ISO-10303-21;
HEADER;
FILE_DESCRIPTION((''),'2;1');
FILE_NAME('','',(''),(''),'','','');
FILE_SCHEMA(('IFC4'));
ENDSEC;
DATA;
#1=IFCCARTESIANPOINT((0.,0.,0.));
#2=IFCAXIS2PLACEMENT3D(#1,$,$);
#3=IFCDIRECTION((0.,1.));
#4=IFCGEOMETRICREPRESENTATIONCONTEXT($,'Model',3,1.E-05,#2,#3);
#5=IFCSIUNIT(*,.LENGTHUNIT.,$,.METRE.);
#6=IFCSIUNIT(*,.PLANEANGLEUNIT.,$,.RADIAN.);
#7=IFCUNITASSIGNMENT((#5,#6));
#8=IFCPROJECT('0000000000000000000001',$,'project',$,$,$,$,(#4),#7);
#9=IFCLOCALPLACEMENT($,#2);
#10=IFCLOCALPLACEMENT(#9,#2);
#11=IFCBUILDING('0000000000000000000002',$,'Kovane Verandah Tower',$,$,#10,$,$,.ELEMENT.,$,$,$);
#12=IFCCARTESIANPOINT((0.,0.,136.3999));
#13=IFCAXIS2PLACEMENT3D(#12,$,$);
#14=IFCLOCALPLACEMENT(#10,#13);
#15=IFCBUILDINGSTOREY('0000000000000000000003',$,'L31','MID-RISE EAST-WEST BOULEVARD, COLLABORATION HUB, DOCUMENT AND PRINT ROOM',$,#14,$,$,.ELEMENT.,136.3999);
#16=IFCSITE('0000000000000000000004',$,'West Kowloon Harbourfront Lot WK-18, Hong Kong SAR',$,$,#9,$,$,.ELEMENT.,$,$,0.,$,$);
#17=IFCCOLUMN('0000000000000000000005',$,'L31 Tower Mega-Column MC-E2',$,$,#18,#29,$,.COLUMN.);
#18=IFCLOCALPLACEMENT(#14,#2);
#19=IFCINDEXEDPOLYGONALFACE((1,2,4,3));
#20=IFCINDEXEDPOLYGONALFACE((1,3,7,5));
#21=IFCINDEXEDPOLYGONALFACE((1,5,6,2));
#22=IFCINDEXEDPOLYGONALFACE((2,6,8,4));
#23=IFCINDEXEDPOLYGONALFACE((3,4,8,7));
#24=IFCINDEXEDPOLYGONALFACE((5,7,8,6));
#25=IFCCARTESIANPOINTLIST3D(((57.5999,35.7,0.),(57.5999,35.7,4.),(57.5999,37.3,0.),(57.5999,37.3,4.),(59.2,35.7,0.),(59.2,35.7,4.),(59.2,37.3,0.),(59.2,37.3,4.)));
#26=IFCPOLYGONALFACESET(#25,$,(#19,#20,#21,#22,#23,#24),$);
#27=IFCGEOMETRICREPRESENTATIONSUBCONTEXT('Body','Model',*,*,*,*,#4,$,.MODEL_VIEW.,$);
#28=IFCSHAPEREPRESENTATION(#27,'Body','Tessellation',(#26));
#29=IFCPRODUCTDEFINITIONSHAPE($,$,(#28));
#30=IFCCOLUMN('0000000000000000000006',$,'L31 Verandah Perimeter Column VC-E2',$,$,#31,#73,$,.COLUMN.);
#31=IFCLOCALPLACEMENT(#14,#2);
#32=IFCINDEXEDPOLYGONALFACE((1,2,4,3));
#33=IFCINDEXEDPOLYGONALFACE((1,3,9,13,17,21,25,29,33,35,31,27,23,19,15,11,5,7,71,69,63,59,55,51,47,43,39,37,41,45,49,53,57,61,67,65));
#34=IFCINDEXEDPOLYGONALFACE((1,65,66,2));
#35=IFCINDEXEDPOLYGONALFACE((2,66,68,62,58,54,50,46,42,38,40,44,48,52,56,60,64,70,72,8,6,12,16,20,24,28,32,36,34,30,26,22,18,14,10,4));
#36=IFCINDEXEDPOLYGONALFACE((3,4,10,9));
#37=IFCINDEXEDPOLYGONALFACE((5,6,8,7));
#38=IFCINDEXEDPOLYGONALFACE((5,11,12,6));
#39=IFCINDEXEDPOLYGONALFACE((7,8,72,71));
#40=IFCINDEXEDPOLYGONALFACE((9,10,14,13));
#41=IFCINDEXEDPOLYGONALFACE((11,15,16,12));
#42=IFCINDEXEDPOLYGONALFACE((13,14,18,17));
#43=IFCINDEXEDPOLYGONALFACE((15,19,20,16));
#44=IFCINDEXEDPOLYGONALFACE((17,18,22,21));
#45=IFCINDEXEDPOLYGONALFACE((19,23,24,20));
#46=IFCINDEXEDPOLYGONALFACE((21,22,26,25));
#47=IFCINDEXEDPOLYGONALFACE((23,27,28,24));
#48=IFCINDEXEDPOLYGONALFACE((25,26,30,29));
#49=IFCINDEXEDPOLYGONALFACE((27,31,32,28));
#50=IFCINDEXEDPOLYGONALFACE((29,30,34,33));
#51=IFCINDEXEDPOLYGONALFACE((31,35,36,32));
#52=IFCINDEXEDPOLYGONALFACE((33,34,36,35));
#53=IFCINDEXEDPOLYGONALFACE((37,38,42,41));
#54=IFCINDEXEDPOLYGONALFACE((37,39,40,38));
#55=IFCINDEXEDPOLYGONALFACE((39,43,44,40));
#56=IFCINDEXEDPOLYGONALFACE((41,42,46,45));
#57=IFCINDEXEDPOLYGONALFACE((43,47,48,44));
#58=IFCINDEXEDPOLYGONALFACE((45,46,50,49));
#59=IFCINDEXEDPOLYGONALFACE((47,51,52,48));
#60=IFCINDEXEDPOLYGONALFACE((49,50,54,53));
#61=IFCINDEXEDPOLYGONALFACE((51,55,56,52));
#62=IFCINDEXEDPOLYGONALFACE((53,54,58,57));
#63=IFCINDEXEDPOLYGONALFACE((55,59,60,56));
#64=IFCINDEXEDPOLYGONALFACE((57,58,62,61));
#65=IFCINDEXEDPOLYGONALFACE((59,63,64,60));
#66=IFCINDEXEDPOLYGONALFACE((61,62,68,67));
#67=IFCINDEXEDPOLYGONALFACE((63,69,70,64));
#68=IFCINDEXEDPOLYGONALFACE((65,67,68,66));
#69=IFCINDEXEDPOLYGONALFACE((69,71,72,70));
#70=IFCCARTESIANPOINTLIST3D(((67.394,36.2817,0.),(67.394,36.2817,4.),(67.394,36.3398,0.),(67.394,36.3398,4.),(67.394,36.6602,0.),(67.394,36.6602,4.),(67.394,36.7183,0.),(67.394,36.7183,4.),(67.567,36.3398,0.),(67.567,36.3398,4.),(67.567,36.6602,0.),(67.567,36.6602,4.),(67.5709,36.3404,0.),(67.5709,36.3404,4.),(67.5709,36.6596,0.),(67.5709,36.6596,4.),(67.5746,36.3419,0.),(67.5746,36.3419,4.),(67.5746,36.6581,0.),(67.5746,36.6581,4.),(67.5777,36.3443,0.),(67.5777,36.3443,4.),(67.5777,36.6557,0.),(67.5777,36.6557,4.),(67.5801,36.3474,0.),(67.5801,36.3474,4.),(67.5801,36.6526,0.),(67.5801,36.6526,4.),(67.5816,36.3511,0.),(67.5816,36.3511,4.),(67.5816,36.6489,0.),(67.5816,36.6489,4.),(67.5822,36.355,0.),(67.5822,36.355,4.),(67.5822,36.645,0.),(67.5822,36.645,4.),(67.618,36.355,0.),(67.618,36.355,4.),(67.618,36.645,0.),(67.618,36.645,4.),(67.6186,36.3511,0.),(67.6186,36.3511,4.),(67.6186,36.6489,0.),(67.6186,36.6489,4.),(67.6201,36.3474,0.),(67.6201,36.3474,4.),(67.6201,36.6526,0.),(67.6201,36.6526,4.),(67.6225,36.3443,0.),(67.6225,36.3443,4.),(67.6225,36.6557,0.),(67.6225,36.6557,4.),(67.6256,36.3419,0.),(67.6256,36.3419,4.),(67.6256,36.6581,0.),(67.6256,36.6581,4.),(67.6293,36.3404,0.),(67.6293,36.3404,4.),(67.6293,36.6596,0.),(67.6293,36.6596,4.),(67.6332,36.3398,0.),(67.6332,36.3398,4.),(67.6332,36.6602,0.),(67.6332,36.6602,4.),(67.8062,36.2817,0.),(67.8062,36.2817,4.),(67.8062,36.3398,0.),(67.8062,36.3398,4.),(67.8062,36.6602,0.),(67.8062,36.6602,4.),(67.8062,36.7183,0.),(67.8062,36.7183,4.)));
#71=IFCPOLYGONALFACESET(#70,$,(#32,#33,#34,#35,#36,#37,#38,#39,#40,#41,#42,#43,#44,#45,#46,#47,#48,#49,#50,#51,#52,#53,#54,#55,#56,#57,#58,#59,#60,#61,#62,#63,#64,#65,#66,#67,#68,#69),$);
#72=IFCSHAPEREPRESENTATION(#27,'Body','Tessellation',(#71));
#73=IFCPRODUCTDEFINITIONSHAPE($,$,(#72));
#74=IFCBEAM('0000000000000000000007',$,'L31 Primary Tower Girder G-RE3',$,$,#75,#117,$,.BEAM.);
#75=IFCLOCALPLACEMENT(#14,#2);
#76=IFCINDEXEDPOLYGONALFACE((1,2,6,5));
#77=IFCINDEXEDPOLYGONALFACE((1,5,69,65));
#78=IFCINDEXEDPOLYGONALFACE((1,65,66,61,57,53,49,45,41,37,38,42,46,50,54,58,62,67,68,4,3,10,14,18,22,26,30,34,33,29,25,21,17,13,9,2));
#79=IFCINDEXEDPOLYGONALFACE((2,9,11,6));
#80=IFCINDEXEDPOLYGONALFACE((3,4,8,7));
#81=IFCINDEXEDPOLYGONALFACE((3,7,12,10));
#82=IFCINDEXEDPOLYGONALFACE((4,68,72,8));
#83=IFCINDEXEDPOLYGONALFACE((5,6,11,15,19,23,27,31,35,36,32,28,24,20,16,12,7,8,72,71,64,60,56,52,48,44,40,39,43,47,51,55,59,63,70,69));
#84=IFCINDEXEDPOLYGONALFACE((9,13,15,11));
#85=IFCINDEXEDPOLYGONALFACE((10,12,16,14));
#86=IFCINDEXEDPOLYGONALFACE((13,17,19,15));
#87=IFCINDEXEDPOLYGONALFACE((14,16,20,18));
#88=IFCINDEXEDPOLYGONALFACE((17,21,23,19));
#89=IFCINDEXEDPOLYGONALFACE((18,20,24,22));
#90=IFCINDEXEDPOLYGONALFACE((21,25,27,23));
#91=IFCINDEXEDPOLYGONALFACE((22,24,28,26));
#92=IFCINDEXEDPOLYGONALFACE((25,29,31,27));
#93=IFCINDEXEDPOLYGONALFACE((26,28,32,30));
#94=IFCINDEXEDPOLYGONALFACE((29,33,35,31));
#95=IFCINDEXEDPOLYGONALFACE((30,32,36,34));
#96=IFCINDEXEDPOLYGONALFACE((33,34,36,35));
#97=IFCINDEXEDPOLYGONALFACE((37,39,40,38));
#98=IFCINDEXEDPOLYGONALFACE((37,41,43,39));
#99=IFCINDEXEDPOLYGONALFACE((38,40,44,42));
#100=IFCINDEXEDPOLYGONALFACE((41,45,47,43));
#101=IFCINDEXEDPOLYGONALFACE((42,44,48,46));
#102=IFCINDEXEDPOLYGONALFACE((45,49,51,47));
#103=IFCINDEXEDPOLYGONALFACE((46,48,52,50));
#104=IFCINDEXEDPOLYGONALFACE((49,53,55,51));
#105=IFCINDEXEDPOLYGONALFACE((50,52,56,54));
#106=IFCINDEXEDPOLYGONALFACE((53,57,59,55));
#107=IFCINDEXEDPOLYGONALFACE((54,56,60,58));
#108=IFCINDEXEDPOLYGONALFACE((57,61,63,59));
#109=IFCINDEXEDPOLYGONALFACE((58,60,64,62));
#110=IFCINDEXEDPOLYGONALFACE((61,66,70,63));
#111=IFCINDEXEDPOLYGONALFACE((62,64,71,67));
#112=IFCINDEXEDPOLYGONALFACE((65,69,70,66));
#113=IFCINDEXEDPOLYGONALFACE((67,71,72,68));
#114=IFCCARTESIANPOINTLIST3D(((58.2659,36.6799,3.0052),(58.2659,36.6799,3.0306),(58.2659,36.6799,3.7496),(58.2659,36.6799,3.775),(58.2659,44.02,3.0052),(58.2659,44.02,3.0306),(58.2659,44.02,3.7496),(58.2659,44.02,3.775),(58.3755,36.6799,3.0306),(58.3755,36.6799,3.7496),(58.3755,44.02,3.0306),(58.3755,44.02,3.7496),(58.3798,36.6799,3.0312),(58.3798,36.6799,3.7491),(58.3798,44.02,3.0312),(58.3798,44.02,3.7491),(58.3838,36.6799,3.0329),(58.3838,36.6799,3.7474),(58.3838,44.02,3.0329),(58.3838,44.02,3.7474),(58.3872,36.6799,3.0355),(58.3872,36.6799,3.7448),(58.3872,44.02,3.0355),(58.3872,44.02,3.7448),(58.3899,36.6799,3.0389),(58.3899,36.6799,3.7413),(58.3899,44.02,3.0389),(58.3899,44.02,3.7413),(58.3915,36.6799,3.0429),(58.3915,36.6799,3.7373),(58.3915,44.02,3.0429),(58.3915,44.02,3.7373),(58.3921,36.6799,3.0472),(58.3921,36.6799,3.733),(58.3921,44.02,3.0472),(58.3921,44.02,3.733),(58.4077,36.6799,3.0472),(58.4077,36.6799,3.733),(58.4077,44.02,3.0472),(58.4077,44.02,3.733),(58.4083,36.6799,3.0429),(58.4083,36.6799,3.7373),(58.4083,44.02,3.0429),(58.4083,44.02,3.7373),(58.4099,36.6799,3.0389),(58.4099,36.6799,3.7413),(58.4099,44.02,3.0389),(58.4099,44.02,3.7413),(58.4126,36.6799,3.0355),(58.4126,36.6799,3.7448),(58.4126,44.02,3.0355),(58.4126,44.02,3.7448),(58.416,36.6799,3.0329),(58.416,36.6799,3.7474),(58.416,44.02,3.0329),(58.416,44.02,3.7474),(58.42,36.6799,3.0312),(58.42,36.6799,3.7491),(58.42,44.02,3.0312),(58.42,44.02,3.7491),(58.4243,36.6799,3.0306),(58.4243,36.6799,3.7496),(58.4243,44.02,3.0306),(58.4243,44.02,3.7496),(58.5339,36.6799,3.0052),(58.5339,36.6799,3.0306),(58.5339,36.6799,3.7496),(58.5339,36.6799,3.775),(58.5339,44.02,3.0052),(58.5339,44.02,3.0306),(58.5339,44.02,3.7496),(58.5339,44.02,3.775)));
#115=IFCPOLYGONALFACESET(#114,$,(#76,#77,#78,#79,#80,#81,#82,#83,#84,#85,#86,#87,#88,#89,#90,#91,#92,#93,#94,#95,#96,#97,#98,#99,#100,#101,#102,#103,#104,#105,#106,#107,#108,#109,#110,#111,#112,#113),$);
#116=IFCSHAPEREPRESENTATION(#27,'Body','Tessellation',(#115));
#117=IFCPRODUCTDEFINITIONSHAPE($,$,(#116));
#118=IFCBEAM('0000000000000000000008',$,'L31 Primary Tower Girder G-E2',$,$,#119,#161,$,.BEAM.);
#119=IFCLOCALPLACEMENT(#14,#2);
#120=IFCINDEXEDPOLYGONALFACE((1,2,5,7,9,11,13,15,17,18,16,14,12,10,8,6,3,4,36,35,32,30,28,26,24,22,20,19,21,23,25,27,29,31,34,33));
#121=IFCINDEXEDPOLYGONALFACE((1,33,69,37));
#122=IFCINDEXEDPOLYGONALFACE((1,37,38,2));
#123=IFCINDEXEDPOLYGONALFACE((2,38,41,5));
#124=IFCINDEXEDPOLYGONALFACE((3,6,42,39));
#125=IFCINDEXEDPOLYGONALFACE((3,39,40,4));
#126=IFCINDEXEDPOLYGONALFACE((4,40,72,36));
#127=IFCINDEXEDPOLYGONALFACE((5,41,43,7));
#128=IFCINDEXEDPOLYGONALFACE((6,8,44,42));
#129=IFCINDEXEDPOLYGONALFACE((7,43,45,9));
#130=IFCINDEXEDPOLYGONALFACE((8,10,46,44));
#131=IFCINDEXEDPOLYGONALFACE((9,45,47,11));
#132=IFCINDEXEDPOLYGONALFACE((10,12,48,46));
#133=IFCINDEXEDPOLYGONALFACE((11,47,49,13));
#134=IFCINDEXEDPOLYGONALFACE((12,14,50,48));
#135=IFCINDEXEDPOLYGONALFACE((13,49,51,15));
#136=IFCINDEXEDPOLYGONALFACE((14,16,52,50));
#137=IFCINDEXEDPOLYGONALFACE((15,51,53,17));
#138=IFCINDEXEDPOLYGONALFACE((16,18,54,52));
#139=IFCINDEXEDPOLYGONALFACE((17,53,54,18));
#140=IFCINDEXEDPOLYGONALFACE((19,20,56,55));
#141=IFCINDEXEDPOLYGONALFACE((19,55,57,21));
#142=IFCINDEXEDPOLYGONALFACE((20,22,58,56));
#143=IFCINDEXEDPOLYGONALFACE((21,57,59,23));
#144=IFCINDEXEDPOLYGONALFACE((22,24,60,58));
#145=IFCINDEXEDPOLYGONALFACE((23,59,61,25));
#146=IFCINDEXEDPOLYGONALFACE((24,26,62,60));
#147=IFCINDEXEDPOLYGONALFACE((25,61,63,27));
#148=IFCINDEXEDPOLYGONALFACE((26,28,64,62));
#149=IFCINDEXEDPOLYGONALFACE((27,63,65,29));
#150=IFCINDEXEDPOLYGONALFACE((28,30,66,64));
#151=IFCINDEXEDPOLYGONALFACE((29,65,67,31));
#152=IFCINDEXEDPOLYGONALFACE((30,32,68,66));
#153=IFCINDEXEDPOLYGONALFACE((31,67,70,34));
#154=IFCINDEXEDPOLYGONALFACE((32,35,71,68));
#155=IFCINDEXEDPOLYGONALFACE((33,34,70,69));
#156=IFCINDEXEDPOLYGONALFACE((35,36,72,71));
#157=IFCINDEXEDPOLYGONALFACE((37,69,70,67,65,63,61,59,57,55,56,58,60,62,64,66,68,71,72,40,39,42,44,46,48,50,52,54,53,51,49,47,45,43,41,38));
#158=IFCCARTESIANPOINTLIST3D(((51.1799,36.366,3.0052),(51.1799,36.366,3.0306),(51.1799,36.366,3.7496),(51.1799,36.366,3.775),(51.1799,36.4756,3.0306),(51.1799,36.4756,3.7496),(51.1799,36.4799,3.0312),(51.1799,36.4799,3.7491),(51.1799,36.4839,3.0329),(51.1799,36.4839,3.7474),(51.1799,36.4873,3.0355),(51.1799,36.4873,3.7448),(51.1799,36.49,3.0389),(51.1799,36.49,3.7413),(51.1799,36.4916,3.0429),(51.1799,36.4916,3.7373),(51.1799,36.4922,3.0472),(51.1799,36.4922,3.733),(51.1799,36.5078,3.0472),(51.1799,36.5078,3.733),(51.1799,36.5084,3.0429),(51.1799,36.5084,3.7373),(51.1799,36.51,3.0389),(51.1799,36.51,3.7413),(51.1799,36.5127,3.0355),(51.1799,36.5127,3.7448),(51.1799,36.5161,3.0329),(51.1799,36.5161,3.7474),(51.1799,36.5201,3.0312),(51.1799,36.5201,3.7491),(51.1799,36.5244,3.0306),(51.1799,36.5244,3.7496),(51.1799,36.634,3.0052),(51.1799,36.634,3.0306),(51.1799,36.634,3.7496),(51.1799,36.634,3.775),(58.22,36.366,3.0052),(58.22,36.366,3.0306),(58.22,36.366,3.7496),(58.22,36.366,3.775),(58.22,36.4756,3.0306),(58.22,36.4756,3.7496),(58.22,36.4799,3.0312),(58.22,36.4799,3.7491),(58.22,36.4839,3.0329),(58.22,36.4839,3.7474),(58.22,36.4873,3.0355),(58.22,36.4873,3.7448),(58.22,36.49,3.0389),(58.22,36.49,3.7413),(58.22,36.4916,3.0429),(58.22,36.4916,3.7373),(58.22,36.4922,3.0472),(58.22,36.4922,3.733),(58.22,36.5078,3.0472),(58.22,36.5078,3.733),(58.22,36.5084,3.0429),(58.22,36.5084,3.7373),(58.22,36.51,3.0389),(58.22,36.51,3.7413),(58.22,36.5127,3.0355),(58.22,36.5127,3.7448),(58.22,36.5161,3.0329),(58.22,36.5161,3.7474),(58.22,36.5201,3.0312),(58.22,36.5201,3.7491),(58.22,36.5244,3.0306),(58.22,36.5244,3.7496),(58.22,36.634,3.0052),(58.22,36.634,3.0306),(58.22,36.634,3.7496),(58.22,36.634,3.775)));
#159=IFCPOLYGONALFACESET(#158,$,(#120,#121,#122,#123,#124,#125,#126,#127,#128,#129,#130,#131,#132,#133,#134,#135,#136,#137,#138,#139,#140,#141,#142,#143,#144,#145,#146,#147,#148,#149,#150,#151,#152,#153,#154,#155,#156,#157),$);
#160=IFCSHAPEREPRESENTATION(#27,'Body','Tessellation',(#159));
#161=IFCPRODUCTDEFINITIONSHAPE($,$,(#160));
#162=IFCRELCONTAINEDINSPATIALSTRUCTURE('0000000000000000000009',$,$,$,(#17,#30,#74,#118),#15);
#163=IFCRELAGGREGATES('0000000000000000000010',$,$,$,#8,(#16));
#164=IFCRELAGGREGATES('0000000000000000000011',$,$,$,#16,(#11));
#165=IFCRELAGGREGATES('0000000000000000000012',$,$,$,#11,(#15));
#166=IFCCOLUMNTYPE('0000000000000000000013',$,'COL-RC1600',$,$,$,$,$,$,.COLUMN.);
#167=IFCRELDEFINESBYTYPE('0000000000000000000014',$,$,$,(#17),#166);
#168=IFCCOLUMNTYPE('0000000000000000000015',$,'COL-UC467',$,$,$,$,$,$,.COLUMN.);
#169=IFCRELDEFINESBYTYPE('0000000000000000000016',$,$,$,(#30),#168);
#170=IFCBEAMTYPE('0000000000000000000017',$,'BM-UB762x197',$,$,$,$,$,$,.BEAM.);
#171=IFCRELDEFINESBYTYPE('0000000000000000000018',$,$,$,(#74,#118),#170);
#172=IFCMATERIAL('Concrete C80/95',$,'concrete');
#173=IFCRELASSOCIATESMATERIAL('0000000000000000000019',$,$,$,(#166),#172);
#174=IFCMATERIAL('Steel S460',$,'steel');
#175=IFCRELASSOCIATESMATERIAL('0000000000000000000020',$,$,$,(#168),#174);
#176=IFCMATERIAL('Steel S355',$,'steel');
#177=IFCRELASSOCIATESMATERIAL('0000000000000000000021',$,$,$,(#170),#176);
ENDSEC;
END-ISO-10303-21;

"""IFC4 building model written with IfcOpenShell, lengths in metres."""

from ifc_helpers import new_model, si_unit, direction, frame, origin, origin_2d, place, context, subcontext, project, spatial, rectangle, i_section, extrude, material, material_profile, profile_set, type_object, element, save


model = new_model("IFC4")

# Units and contexts
model_context = context("Model", 3, precision=1e-05, world=origin(), true_north=direction((0.0, 1.0)))
body_context = subcontext(model_context, "Body", "Model", "MODEL_VIEW")
ifc_project = project(units=[si_unit("LENGTHUNIT", "METRE"), si_unit("PLANEANGLEUNIT", "RADIAN")], contexts=[model_context])

# Site, building, storey
site_placement = place(None, origin())
site = spatial("IfcSite", under=ifc_project, at=site_placement, Name="West Kowloon Harbourfront Lot WK-18, Hong Kong SAR", CompositionType="ELEMENT", RefElevation=0.0)
building_placement = place(site_placement, origin())
building = spatial("IfcBuilding", under=site, at=building_placement, Name="Kovane Verandah Tower", CompositionType="ELEMENT")
storey_placement = place(building_placement, frame((0.0, 0.0, 136.3999)))
storey = spatial("IfcBuildingStorey", under=building, at=storey_placement, Name="L31", Description="MID-RISE EAST-WEST BOULEVARD, COLLABORATION HUB, DOCUMENT AND PRINT ROOM", CompositionType="ELEMENT", Elevation=136.3999)

# Columns
ifc_material_1 = material(Name="Concrete C80/95", Category="concrete")
ifc_material_profile_1 = material_profile(ifc_material_1, rectangle(XDim=1.6001, YDim=1.6001, at=origin_2d()), Name="RC1600x1600")
ifc_profile_set_1 = profile_set([ifc_material_profile_1], Name="Concrete C80/95")
column_type_1 = type_object("IfcColumnType", Name="COL-RC1600", PredefinedType="COLUMN", material=ifc_profile_set_1)
column_1_placement = place(storey_placement, frame((58.3999, 36.5, 0.0), z_axis=(0.0, 0.0, 1.0), x_axis=(1.0, 0.0, 0.0)))
element("IfcColumn", 1, at=column_1_placement, inside=storey, type_object=column_type_1, Name="L31 Tower Mega-Column MC-E2", PredefinedType="COLUMN", context=body_context, shape_type="SweptSolid", body=[
    extrude(rectangle(XDim=1.6001, YDim=1.6001, at=origin_2d()), origin(), (0.0, 0.0, 1.0), 4.0),
])
ifc_material_2 = material(Name="Steel S460", Category="steel")
ifc_material_profile_2 = material_profile(ifc_material_2, i_section(OverallWidth=0.4121, OverallDepth=0.4365, WebThickness=0.0359, FlangeThickness=0.0581, FilletRadius=0.0151, at=origin_2d()), Name="UC356x406x467")
ifc_profile_set_2 = profile_set([ifc_material_profile_2], Name="Steel S460")
column_type_2 = type_object("IfcColumnType", Name="COL-UC467", PredefinedType="COLUMN", material=ifc_profile_set_2)
column_2_placement = place(storey_placement, frame((67.6001, 36.5, 0.0), z_axis=(0.0, 0.0, 1.0), x_axis=(1.0, 0.0, 0.0)))
element("IfcColumn", 2, at=column_2_placement, inside=storey, type_object=column_type_2, Name="L31 Verandah Perimeter Column VC-E2", PredefinedType="COLUMN", context=body_context, shape_type="SweptSolid", body=[
    extrude(i_section(OverallWidth=0.4121, OverallDepth=0.4365, WebThickness=0.0359, FlangeThickness=0.0581, FilletRadius=0.0151, at=origin_2d()), origin(), (0.0, 0.0, 1.0), 4.0),
])

# Beams
ifc_material_3 = material(Name="Steel S355", Category="steel")
ifc_material_profile_3 = material_profile(ifc_material_3, i_section(OverallWidth=0.2681, OverallDepth=0.7698, WebThickness=0.0156, FlangeThickness=0.0254, FilletRadius=0.0166, at=origin_2d()), Name="UB762x267x197")
ifc_profile_set_3 = profile_set([ifc_material_profile_3], Name="Steel S355")
beam_type_1 = type_object("IfcBeamType", Name="BM-UB762x197", PredefinedType="BEAM", material=ifc_profile_set_3)
beam_1_placement = place(storey_placement, frame((58.3999, 36.6799, 3.3901), z_axis=(0.0, 1.0, 0.0), x_axis=(-1.0, 0.0, 0.0)))
element("IfcBeam", 3, at=beam_1_placement, inside=storey, type_object=beam_type_1, Name="L31 Primary Tower Girder G-RE3", PredefinedType="BEAM", context=body_context, shape_type="SweptSolid", body=[
    extrude(i_section(OverallWidth=0.2681, OverallDepth=0.7698, WebThickness=0.0156, FlangeThickness=0.0254, FilletRadius=0.0166, at=origin_2d()), origin(), (0.0, 0.0, 1.0), 7.3401),
])
beam_2_placement = place(storey_placement, frame((51.1799, 36.5, 3.3901), z_axis=(1.0, 0.0, 0.0), x_axis=(0.0, 1.0, 0.0)))
element("IfcBeam", 4, at=beam_2_placement, inside=storey, type_object=beam_type_1, Name="L31 Primary Tower Girder G-E2", PredefinedType="BEAM", context=body_context, shape_type="SweptSolid", body=[
    extrude(i_section(OverallWidth=0.2681, OverallDepth=0.7698, WebThickness=0.0156, FlangeThickness=0.0254, FilletRadius=0.0166, at=origin_2d()), origin(), (0.0, 0.0, 1.0), 7.04),
])

save(model, "model.ifc")
